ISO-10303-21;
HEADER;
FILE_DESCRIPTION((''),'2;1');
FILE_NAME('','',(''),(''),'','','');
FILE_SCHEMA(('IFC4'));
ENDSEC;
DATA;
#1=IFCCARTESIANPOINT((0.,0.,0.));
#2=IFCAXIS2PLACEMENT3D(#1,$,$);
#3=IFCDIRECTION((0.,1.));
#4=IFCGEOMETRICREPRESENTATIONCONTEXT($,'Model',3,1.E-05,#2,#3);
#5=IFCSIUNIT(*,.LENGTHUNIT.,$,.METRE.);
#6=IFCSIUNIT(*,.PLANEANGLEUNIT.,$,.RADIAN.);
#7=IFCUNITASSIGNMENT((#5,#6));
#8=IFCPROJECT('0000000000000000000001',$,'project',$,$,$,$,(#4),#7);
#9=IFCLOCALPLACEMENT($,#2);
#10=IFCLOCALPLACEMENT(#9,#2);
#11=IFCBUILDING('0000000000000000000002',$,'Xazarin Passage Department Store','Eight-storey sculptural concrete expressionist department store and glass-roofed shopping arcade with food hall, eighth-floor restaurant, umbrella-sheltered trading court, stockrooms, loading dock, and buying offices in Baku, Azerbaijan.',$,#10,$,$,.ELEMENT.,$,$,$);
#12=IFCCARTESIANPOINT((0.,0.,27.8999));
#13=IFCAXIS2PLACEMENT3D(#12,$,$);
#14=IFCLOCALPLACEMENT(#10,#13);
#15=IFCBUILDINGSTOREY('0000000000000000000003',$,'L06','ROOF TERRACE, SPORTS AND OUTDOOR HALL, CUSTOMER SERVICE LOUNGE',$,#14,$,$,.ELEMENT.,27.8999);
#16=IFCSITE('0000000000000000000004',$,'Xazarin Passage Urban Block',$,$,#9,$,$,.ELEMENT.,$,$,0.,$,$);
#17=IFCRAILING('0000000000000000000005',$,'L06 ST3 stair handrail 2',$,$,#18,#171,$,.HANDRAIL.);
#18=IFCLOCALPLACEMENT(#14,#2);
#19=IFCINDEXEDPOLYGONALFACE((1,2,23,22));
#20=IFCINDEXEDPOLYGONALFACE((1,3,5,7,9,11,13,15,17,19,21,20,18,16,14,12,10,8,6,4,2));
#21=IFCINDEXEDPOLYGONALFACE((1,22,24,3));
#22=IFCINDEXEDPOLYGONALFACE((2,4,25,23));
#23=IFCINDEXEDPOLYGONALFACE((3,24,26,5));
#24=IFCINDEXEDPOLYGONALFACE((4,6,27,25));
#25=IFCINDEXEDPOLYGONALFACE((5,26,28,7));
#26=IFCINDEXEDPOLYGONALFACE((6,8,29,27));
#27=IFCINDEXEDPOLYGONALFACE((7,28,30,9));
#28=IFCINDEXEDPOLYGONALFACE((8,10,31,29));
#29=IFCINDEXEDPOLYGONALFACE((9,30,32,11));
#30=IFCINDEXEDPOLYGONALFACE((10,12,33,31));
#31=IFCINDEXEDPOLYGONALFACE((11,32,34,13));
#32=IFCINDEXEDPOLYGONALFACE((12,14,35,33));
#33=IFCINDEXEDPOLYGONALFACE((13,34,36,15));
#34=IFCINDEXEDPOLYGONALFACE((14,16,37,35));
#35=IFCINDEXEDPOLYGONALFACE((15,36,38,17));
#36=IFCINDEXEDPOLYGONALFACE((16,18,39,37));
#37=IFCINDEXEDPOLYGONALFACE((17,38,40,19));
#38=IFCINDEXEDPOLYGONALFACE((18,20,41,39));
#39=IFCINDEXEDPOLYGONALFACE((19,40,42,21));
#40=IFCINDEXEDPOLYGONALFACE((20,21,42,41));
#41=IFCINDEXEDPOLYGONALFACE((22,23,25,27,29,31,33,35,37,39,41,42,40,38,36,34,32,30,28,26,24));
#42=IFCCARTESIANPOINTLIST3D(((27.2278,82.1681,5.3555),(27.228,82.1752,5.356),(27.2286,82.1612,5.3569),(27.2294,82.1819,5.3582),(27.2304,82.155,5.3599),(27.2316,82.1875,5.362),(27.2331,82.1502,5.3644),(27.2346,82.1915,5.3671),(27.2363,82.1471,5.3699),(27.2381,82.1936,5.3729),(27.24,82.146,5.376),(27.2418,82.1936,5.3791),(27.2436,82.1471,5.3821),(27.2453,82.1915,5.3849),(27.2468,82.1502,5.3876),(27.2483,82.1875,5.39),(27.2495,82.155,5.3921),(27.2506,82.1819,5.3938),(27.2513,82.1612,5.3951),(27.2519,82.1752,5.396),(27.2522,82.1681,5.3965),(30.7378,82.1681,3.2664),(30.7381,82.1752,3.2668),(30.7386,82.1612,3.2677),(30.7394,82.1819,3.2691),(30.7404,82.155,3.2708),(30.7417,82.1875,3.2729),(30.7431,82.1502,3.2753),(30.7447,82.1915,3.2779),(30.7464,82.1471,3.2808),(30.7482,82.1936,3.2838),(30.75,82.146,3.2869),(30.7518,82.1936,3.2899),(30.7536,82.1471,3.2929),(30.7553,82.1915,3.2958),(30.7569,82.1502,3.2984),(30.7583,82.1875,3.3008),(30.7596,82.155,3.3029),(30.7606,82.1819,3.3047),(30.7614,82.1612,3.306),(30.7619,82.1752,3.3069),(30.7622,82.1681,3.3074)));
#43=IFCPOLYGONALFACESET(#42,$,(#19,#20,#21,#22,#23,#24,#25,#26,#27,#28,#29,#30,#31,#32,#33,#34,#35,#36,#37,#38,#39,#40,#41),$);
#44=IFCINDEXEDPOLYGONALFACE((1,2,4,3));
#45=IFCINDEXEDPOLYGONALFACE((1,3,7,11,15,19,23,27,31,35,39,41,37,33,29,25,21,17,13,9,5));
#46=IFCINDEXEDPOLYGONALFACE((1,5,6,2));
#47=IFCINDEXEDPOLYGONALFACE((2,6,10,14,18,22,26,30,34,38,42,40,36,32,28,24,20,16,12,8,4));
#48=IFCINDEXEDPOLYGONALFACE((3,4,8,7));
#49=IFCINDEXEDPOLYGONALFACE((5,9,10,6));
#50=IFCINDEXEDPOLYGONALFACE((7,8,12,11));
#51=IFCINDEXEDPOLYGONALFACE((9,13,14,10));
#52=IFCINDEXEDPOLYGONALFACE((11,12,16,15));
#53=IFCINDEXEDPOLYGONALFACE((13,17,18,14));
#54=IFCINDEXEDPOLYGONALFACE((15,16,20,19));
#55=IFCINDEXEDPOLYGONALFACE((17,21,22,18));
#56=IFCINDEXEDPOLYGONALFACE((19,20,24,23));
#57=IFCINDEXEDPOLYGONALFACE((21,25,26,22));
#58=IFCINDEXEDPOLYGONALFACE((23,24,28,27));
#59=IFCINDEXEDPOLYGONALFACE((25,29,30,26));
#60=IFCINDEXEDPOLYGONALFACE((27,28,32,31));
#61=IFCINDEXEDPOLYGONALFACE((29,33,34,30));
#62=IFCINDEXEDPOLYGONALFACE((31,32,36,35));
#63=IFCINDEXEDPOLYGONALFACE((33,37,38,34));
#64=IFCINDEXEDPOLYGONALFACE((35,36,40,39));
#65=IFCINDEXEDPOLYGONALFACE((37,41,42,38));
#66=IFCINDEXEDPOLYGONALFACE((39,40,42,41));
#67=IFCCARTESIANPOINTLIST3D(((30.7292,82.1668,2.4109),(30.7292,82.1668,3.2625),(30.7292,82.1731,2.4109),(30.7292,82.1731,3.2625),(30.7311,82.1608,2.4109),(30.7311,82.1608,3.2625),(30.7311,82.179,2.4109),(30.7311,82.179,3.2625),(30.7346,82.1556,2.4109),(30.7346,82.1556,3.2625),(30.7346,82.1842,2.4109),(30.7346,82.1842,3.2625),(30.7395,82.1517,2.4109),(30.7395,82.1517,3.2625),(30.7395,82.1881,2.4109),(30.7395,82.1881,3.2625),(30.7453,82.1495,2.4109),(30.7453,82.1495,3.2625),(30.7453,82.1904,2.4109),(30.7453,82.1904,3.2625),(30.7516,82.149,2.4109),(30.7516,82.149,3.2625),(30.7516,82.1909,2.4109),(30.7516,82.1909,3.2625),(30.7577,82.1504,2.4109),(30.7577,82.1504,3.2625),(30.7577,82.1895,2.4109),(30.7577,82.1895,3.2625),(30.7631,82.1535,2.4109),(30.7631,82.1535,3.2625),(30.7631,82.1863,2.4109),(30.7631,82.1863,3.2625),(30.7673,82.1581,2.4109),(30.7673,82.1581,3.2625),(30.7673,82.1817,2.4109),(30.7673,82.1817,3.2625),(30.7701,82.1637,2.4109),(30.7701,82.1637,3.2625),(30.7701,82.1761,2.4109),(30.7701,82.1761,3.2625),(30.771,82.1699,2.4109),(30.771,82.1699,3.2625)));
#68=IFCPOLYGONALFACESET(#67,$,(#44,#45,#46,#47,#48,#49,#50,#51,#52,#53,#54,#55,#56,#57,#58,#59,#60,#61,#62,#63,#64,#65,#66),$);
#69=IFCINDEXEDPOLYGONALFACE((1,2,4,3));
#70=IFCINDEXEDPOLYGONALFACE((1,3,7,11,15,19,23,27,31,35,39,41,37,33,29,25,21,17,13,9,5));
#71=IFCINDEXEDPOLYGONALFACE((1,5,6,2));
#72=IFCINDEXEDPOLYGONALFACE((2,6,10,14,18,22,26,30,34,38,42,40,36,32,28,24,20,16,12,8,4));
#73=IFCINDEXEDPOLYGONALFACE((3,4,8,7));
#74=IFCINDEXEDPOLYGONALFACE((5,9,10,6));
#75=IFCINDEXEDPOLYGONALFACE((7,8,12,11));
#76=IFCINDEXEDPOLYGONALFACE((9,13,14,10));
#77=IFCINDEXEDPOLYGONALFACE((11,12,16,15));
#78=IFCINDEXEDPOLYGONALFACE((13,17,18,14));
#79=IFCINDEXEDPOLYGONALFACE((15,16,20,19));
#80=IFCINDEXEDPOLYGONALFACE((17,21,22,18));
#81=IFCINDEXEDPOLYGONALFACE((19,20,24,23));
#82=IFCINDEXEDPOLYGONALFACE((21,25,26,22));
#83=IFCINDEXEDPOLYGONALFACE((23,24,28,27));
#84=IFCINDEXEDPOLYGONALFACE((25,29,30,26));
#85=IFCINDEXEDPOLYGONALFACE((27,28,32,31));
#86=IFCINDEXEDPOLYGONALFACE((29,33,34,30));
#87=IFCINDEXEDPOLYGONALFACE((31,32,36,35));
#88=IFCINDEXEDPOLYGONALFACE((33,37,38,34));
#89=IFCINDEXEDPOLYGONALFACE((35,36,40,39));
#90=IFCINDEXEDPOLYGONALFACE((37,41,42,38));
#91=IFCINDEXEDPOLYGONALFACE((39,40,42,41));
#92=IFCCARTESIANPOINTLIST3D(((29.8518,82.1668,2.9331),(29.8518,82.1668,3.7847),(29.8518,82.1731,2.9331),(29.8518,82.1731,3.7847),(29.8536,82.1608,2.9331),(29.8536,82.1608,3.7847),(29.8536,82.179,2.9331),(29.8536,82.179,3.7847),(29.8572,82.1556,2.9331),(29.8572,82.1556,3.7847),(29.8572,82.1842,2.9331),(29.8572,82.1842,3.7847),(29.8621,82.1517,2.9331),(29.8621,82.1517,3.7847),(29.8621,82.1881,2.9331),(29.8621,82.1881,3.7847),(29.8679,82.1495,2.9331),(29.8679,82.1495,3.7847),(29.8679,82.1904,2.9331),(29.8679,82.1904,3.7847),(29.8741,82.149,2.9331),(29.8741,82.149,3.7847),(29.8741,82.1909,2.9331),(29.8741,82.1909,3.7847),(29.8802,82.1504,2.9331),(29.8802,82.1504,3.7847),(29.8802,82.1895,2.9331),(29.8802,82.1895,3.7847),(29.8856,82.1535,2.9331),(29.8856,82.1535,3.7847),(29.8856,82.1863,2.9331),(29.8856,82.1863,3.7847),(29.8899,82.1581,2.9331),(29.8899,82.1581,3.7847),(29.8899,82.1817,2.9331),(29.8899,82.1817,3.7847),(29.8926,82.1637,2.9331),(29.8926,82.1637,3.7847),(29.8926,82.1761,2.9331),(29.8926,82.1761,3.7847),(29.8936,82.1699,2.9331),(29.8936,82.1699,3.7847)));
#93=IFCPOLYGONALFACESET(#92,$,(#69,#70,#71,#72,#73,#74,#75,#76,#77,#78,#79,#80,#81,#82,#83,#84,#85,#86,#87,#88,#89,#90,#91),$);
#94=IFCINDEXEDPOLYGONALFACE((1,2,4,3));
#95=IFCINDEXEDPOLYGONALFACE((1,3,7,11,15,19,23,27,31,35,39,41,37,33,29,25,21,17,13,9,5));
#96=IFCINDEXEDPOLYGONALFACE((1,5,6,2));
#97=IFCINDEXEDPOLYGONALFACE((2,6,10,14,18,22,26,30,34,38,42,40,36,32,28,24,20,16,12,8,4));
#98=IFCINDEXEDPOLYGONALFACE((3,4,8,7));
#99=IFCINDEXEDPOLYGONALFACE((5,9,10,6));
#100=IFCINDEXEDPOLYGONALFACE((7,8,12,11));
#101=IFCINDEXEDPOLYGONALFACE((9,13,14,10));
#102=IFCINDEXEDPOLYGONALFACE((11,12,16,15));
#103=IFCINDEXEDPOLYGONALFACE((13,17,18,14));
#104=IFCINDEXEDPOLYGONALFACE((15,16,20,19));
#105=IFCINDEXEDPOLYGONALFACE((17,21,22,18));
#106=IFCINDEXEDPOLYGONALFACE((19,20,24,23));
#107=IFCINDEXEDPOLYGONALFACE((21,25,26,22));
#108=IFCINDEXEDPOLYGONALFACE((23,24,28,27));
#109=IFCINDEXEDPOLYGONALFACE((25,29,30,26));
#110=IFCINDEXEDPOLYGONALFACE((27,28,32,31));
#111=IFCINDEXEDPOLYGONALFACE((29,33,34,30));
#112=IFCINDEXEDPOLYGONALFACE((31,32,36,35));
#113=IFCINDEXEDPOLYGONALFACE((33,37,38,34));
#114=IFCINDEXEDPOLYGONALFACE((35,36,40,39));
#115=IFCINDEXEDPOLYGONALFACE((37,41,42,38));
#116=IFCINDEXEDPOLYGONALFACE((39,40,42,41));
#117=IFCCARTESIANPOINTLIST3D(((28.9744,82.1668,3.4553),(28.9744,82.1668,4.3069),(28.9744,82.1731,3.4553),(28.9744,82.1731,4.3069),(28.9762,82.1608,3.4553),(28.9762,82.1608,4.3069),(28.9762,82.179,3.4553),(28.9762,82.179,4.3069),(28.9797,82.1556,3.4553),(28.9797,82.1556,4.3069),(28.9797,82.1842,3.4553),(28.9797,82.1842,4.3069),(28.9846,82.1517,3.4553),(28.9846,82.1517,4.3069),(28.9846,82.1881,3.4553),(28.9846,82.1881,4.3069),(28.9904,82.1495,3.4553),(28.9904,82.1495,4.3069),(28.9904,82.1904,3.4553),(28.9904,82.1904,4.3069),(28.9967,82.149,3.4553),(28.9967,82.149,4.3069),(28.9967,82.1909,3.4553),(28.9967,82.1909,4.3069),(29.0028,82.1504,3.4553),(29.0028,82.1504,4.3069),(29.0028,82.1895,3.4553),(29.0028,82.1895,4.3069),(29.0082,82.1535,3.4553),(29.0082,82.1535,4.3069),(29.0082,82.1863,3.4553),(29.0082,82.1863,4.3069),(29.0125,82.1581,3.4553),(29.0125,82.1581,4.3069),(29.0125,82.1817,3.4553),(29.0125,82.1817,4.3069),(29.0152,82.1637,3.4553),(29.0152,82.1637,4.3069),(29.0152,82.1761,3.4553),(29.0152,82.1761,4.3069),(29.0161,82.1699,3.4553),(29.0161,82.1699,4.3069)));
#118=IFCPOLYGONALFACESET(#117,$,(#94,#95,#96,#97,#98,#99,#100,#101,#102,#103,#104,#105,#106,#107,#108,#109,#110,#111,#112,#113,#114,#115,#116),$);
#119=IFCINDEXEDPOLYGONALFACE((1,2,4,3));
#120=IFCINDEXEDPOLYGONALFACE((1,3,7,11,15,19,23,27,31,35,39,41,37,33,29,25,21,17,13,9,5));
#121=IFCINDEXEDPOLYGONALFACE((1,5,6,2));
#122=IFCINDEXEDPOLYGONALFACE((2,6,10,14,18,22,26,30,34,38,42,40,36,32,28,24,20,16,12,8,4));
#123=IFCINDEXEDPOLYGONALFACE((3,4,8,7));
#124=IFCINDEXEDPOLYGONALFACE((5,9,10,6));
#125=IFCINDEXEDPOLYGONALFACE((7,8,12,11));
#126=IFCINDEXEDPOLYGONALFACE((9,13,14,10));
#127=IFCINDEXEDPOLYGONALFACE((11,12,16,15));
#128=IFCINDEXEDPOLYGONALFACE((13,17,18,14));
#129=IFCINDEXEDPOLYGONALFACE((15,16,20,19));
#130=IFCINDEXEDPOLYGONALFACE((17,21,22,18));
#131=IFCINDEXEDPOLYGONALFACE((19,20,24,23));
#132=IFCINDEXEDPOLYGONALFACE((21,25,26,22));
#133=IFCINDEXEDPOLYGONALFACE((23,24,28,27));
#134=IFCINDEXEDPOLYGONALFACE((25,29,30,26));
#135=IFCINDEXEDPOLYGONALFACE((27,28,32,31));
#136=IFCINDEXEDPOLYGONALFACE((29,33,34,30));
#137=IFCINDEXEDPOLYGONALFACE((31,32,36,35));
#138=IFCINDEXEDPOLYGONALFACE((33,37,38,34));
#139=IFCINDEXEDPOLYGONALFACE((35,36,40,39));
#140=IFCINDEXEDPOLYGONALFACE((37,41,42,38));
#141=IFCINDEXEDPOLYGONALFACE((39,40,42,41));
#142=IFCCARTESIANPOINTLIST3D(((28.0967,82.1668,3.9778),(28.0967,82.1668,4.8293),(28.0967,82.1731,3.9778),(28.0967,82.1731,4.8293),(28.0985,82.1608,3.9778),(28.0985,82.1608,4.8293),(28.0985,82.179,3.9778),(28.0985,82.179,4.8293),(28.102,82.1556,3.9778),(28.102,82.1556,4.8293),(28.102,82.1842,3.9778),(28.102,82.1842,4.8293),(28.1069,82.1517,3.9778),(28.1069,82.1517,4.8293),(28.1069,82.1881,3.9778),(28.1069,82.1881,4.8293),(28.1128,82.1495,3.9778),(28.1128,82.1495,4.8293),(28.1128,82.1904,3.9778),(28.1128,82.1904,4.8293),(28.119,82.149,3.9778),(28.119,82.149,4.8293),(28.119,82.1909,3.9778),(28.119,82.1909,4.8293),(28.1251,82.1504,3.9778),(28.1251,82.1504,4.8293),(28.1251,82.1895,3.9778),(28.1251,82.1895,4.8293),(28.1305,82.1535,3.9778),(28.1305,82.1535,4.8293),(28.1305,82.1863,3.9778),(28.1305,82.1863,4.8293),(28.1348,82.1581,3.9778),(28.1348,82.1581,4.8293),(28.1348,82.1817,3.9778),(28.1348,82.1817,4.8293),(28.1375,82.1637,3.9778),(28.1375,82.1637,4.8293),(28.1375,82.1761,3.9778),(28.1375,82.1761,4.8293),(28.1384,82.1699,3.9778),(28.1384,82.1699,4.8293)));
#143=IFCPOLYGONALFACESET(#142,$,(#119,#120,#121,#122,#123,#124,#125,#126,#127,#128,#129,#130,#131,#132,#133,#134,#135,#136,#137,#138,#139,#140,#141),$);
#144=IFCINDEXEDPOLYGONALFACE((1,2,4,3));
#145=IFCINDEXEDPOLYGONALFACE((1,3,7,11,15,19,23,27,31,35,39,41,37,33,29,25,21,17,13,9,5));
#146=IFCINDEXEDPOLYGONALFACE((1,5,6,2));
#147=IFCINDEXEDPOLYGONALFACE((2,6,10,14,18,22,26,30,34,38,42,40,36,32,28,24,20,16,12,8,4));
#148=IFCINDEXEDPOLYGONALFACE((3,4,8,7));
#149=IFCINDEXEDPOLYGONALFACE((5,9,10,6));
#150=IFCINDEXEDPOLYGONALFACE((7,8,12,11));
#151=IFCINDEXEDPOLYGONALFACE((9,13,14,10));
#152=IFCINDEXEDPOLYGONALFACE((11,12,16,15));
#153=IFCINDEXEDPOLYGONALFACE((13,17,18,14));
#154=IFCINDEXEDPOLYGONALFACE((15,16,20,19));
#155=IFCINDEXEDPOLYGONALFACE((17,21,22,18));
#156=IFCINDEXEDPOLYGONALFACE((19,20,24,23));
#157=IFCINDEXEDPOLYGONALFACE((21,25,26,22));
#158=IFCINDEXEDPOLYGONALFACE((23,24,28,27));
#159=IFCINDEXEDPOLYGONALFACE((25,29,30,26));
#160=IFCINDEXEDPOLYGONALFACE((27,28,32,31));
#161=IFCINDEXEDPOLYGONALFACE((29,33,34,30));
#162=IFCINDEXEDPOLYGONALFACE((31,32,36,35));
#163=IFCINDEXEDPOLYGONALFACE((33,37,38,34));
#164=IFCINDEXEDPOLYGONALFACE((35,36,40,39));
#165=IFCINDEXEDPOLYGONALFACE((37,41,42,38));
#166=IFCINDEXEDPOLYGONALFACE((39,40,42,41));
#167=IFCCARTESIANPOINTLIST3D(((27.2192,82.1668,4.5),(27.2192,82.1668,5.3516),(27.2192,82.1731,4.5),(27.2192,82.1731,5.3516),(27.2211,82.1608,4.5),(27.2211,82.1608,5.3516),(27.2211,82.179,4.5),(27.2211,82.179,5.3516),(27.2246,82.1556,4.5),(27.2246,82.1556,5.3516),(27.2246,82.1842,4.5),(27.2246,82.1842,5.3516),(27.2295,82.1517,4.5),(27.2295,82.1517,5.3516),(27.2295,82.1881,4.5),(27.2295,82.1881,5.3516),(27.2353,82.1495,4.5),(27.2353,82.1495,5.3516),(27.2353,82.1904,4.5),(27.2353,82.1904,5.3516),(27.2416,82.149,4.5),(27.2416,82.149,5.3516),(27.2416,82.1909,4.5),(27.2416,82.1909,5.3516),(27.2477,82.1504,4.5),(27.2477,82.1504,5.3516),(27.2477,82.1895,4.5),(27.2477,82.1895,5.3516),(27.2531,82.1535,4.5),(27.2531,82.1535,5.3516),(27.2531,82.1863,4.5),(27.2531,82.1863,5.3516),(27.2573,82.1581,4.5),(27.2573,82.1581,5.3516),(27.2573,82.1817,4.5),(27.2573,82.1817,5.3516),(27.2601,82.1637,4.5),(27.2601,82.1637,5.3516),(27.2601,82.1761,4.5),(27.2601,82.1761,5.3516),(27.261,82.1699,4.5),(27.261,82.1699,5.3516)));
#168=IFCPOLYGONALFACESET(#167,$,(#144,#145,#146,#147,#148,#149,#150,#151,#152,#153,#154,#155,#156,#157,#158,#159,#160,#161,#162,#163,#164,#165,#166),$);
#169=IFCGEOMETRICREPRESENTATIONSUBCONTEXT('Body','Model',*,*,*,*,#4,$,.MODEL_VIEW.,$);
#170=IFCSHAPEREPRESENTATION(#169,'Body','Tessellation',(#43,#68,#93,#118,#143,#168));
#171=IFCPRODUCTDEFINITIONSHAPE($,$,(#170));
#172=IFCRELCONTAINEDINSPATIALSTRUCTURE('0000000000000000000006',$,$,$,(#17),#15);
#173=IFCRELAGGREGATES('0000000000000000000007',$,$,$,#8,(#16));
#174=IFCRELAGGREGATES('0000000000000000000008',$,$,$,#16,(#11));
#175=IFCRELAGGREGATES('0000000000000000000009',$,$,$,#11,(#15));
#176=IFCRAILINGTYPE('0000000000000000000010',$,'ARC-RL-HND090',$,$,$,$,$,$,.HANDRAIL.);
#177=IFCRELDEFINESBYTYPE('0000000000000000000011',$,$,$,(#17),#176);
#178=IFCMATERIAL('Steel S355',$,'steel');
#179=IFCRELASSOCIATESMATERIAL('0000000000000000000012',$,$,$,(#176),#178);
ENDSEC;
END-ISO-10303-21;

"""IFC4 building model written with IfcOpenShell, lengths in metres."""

from ifc_helpers import new_model, si_unit, direction, frame, origin, origin_2d, place, context, subcontext, project, spatial, circle, extrude, material, type_object, element, save


model = new_model("IFC4")

# Units and contexts
model_context = context("Model", 3, precision=1e-05, world=origin(), true_north=direction((0.0, 1.0)))
body_context = subcontext(model_context, "Body", "Model", "MODEL_VIEW")
ifc_project = project(units=[si_unit("LENGTHUNIT", "METRE"), si_unit("PLANEANGLEUNIT", "RADIAN")], contexts=[model_context])

# Site, building, storey
site_placement = place(None, origin())
site = spatial("IfcSite", under=ifc_project, at=site_placement, Name="Xazarin Passage Urban Block", CompositionType="ELEMENT", RefElevation=0.0)
building_placement = place(site_placement, origin())
building = spatial("IfcBuilding", under=site, at=building_placement, Name="Xazarin Passage Department Store", Description="Eight-storey sculptural concrete expressionist department store and glass-roofed shopping arcade with food hall, eighth-floor restaurant, umbrella-sheltered trading court, stockrooms, loading dock, and buying offices in Baku, Azerbaijan.", CompositionType="ELEMENT")
storey_placement = place(building_placement, frame((0.0, 0.0, 27.8999)))
storey = spatial("IfcBuildingStorey", under=building, at=storey_placement, Name="L06", Description="ROOF TERRACE, SPORTS AND OUTDOOR HALL, CUSTOMER SERVICE LOUNGE", CompositionType="ELEMENT", Elevation=27.8999)

# Shared definitions
ifc_material_1 = material(Name="Steel S355", Category="steel")

# Railing
railing_type_1 = type_object("IfcRailingType", Name="ARC-RL-HND090", PredefinedType="HANDRAIL", material=ifc_material_1)
railing_1_placement = place(storey_placement, frame((30.75, 82.1699, 2.4109)))
element("IfcRailing", 1, at=railing_1_placement, inside=storey, type_object=railing_type_1, Name="L06 ST3 stair handrail 2", PredefinedType="HANDRAIL", context=body_context, shape_type="SweptSolid", body=[
    extrude(circle(Radius=0.0239, at=origin_2d()), frame((0.0, 0.0, 0.876), z_axis=(-0.859312, 0.0, 0.511451), x_axis=(0.0, -1.0, 0.0)), (0.0, 0.0, 1.0), 4.0847),
    extrude(circle(Radius=0.021, at=origin_2d()), origin(), (0.0, 0.0, 1.0), 0.8516),
    extrude(circle(Radius=0.021, at=origin_2d()), frame((-0.8774, 0.0, 0.5222)), (0.0, 0.0, 1.0), 0.8516),
    extrude(circle(Radius=0.021, at=origin_2d()), frame((-1.7549, 0.0, 1.0444)), (0.0, 0.0, 1.0), 0.8516),
    extrude(circle(Radius=0.021, at=origin_2d()), frame((-2.6326, 0.0, 1.5669)), (0.0, 0.0, 1.0), 0.8516),
    extrude(circle(Radius=0.021, at=origin_2d()), frame((-3.51, 0.0, 2.0891)), (0.0, 0.0, 1.0), 0.8516),
])

save(model, "model.ifc")
